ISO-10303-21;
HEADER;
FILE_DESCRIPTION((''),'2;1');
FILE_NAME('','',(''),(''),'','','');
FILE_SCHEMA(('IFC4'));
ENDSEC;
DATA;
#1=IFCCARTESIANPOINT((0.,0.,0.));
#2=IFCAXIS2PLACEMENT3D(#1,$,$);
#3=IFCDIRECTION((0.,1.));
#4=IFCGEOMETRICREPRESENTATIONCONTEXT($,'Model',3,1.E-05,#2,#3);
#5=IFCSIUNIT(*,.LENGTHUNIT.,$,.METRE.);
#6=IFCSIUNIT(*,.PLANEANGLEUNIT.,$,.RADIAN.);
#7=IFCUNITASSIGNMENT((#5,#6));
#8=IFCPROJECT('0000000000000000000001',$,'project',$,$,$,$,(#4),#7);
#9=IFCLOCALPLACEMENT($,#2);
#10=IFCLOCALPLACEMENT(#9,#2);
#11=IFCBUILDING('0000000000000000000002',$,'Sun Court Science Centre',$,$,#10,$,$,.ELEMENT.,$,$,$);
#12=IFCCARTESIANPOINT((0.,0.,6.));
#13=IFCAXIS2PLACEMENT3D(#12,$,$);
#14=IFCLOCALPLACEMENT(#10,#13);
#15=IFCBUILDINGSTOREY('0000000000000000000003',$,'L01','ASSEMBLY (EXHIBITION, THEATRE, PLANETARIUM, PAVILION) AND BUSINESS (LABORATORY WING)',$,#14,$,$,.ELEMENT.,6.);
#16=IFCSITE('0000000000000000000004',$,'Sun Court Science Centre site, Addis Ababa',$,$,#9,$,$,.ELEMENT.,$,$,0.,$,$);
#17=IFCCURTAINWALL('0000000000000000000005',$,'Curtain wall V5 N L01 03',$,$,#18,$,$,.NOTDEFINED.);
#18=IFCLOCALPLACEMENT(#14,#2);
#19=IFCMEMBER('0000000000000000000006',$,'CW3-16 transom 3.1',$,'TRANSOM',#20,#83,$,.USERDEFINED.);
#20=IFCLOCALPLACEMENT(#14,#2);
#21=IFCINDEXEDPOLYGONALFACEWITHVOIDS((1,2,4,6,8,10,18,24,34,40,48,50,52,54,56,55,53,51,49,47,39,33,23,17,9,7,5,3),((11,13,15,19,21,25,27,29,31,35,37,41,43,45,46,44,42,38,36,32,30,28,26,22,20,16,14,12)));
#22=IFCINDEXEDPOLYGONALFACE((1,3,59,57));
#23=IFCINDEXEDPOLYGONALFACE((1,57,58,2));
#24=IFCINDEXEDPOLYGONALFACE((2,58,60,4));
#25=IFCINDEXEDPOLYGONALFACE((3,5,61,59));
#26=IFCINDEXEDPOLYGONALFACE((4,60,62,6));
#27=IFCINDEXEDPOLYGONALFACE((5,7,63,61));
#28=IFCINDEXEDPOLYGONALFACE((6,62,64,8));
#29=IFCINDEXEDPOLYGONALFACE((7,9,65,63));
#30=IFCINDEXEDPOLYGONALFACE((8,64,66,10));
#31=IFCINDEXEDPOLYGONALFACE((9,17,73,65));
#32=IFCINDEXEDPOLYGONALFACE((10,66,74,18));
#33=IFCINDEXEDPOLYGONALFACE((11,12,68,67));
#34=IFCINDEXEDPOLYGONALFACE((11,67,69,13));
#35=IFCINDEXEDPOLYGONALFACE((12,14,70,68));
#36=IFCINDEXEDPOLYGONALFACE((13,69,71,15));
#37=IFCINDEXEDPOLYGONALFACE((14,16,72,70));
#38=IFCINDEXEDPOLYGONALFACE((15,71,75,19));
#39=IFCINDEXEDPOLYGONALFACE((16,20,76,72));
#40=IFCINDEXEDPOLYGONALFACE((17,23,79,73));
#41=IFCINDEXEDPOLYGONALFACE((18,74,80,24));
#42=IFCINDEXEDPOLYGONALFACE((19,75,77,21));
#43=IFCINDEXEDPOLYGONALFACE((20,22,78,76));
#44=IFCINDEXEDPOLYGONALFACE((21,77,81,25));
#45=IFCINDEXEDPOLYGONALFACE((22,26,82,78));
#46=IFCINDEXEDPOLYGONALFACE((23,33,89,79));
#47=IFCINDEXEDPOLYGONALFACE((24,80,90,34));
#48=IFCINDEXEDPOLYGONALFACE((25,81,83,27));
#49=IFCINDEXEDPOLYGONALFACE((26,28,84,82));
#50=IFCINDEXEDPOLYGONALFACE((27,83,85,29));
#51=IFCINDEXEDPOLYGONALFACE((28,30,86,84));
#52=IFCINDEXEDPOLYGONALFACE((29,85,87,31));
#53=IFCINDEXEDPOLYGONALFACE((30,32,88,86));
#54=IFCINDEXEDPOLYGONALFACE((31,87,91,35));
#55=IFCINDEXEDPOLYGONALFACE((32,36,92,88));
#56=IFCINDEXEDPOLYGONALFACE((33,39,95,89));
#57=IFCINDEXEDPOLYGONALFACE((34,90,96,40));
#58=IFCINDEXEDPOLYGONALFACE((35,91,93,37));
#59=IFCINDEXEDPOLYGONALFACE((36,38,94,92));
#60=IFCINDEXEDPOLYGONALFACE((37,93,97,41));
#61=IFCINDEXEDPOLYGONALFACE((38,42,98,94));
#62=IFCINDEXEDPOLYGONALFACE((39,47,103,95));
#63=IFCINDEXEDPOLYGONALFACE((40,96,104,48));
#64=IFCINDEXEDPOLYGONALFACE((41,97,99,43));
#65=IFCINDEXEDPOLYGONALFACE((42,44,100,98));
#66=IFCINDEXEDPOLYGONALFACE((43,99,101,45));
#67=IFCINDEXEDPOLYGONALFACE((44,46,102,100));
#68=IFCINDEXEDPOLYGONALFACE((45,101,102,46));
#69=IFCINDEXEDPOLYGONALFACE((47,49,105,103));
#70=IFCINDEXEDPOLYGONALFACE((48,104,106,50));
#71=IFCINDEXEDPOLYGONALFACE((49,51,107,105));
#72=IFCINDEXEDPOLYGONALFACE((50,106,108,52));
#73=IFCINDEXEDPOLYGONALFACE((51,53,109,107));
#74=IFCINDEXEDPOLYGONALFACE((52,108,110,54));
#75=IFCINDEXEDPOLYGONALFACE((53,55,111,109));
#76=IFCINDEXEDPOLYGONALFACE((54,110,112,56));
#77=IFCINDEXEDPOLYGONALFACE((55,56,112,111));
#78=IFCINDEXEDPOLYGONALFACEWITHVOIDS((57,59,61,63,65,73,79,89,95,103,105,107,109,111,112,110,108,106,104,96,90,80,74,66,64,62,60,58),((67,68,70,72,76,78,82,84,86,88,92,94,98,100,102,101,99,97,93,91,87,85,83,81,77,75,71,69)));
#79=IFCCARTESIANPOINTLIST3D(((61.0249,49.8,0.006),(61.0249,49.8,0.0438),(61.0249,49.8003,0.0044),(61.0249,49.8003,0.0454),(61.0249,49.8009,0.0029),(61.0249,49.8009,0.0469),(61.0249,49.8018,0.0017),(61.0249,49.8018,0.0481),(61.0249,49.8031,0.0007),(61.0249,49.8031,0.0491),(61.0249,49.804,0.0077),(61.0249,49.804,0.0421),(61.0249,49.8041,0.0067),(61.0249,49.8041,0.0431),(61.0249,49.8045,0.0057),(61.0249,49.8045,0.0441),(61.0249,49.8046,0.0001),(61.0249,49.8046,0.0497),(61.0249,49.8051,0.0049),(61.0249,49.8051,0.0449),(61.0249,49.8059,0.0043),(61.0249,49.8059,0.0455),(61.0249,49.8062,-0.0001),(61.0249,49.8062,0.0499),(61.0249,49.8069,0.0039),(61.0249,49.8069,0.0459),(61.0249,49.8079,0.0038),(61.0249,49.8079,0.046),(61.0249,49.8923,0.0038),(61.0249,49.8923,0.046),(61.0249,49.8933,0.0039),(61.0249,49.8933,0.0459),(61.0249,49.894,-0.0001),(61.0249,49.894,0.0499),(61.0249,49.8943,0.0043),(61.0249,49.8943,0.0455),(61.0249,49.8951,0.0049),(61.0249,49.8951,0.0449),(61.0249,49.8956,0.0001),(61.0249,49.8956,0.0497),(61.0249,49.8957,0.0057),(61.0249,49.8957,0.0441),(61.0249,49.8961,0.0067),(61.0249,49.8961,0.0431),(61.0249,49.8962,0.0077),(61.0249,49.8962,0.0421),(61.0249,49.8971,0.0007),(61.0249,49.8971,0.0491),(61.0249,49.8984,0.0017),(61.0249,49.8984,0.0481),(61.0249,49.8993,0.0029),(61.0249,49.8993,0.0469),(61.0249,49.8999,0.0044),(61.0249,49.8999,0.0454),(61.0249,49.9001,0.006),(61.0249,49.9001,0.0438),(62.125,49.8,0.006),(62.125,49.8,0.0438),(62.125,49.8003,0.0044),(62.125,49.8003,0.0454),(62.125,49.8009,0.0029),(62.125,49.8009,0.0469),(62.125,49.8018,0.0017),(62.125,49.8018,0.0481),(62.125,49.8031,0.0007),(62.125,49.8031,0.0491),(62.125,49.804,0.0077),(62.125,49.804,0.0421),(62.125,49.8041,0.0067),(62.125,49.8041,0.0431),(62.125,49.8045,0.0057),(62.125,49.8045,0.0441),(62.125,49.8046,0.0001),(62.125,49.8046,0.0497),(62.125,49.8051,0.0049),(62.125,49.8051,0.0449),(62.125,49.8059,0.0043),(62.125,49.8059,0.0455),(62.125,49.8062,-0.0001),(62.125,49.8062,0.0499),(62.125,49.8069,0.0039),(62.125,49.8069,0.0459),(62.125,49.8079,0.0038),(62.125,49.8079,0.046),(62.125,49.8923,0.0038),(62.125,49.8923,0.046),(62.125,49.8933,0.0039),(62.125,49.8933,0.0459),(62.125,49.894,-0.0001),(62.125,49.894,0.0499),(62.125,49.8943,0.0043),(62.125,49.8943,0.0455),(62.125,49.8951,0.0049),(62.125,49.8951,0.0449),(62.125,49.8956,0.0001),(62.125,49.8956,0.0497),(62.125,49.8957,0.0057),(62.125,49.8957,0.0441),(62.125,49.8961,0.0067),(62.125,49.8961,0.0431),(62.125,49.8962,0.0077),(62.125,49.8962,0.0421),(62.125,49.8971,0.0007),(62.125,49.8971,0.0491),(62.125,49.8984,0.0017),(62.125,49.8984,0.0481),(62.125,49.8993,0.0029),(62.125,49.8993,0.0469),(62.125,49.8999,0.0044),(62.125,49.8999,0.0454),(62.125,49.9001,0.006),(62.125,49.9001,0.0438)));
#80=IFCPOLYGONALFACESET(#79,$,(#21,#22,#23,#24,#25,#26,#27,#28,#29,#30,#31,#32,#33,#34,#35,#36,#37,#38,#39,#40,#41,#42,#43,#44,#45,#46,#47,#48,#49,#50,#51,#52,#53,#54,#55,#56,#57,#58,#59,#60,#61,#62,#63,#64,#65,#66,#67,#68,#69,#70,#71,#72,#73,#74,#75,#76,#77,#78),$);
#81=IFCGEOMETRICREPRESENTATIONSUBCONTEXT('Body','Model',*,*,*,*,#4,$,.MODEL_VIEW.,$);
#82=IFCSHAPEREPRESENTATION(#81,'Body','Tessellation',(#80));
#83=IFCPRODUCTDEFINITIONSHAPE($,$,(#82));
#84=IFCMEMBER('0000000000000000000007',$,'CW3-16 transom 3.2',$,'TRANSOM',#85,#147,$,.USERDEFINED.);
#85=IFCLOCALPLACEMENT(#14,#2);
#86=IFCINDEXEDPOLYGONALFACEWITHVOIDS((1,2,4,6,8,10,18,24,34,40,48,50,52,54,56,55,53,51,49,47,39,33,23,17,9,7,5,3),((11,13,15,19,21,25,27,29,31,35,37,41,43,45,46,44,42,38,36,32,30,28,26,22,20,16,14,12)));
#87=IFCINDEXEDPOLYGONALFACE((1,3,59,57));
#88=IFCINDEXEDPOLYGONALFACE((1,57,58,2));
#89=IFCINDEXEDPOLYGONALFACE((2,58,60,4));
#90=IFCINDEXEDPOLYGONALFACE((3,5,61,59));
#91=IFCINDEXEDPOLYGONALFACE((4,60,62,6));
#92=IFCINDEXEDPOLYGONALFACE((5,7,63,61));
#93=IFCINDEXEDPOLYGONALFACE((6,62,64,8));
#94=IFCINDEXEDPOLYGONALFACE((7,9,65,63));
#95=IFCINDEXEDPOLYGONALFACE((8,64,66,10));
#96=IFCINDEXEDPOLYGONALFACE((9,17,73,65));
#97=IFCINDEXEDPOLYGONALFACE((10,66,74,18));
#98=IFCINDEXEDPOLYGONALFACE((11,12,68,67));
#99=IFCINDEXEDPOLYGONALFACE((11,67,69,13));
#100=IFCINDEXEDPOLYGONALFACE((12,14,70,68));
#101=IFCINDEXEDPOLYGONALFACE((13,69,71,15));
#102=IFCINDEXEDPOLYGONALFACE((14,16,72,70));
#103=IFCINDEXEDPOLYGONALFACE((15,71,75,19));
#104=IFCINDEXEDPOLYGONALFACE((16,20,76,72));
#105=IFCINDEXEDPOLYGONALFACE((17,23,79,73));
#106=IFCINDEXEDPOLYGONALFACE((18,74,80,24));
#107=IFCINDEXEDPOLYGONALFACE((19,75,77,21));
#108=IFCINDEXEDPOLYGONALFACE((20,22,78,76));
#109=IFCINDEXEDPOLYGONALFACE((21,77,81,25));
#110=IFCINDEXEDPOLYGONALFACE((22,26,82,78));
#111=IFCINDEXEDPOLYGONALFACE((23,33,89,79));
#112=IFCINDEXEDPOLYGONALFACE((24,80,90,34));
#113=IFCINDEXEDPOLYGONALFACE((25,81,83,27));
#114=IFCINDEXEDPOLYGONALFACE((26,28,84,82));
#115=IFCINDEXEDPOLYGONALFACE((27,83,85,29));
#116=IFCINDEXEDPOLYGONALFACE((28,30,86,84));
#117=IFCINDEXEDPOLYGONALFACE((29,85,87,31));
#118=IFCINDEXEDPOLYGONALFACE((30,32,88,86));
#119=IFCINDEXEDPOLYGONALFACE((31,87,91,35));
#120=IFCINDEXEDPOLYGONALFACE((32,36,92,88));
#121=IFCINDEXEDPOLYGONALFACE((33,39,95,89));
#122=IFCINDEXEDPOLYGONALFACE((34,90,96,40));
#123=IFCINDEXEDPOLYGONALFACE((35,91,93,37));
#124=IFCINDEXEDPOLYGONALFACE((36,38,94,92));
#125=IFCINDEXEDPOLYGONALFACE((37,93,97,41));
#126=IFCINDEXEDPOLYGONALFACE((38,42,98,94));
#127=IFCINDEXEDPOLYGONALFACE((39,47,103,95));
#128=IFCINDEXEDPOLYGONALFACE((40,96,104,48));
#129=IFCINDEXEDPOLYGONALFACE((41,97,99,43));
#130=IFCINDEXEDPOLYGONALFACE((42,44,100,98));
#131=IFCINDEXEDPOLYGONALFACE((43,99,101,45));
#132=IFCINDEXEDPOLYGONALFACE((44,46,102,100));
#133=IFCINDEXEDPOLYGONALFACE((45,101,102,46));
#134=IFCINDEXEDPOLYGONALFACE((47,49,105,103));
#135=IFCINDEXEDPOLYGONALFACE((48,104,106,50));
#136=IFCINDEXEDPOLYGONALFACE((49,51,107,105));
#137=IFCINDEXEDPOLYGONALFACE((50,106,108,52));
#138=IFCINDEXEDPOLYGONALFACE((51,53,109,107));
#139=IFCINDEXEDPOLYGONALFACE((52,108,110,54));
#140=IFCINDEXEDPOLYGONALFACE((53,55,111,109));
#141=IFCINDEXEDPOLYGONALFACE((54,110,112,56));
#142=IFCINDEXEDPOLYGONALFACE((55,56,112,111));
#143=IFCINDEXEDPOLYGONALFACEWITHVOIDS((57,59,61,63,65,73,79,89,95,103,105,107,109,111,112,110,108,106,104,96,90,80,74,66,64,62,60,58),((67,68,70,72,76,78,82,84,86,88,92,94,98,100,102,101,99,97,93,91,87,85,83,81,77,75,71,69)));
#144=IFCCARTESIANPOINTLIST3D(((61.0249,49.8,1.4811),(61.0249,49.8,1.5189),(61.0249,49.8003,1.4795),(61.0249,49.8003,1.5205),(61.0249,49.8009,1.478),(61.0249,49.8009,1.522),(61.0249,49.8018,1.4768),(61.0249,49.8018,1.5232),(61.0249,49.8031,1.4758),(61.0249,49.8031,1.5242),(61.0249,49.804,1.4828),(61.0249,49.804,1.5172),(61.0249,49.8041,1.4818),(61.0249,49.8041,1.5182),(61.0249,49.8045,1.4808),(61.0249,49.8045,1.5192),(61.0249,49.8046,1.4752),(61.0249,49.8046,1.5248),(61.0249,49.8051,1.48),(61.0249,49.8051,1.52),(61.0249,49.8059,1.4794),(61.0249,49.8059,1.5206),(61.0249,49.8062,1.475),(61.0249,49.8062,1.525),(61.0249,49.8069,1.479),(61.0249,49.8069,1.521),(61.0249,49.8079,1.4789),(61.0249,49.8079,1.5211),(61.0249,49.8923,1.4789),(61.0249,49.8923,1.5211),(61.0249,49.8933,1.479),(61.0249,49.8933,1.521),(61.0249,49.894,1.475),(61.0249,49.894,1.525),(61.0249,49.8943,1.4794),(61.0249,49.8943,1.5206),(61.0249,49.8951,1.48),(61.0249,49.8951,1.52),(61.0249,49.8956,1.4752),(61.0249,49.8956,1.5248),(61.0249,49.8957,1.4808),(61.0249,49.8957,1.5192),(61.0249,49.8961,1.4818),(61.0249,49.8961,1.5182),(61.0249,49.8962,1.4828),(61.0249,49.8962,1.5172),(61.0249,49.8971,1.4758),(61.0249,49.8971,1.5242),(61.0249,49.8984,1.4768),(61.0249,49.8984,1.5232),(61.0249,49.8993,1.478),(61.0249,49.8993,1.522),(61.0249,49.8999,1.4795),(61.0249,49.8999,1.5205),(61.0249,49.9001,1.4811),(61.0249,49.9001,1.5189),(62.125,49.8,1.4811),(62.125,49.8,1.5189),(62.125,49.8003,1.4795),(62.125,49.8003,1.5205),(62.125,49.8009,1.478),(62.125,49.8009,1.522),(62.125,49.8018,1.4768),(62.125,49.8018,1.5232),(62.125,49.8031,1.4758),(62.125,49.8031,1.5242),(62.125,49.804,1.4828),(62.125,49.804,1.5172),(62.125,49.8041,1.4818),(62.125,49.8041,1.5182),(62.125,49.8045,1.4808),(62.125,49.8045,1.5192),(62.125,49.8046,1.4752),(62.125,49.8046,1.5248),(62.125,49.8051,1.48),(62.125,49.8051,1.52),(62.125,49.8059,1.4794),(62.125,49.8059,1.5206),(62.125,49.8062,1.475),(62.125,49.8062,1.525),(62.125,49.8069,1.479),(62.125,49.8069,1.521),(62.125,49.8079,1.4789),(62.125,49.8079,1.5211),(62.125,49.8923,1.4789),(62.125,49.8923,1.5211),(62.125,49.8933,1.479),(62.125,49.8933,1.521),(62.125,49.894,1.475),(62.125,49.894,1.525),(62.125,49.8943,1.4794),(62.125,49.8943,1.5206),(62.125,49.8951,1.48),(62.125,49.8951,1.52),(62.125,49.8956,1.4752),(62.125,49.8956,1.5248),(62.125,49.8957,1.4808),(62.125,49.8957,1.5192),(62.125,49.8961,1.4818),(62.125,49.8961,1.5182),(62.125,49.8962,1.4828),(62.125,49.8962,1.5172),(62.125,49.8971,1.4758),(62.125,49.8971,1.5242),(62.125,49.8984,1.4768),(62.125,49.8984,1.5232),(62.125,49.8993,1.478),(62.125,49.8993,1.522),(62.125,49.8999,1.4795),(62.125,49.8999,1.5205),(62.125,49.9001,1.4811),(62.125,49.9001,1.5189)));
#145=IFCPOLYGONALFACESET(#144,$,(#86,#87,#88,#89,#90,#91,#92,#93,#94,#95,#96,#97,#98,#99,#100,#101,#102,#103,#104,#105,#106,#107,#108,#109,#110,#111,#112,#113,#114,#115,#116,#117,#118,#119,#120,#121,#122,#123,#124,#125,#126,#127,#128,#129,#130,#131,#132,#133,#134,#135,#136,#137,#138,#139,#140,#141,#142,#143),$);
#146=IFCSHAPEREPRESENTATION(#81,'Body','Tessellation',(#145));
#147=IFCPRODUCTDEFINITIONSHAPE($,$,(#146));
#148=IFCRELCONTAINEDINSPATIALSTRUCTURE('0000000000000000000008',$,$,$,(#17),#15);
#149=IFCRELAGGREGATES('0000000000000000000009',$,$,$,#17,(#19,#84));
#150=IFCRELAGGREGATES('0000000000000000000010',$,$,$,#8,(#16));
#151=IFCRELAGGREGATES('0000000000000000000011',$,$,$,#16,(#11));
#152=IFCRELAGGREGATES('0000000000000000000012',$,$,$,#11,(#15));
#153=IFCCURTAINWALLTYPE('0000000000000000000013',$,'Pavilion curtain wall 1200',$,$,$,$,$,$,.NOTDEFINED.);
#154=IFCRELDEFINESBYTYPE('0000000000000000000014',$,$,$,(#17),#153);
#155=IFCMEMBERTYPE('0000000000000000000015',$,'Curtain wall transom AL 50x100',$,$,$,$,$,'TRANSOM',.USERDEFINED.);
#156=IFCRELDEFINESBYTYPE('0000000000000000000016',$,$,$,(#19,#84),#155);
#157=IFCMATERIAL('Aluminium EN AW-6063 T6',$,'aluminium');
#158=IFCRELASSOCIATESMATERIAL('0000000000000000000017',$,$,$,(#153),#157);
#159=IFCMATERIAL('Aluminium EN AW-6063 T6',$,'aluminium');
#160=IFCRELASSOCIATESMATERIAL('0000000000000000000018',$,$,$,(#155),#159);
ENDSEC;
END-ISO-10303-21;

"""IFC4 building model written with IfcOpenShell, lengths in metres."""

from ifc_helpers import new_model, si_unit, direction, frame, origin, origin_2d, place, context, subcontext, project, spatial, hollow_rectangle, extrude, material, material_profile, profile_set, type_object, element, aggregate, save


model = new_model("IFC4")

# Units and contexts
model_context = context("Model", 3, precision=1e-05, world=origin(), true_north=direction((0.0, 1.0)))
body_context = subcontext(model_context, "Body", "Model", "MODEL_VIEW")
ifc_project = project(units=[si_unit("LENGTHUNIT", "METRE"), si_unit("PLANEANGLEUNIT", "RADIAN")], contexts=[model_context])

# Site, building, storey
site_placement = place(None, origin())
site = spatial("IfcSite", under=ifc_project, at=site_placement, Name="Sun Court Science Centre site, Addis Ababa", CompositionType="ELEMENT", RefElevation=0.0)
building_placement = place(site_placement, origin())
building = spatial("IfcBuilding", under=site, at=building_placement, Name="Sun Court Science Centre", CompositionType="ELEMENT")
storey_placement = place(building_placement, frame((0.0, 0.0, 6.0)))
storey = spatial("IfcBuildingStorey", under=building, at=storey_placement, Name="L01", Description="ASSEMBLY (EXHIBITION, THEATRE, PLANETARIUM, PAVILION) AND BUSINESS (LABORATORY WING)", CompositionType="ELEMENT", Elevation=6.0)

# Curtain wall, members
ifc_material_1 = material(Name="Aluminium EN AW-6063 T6", Category="aluminium")
curtain_wall_type = type_object("IfcCurtainWallType", Name="Pavilion curtain wall 1200", PredefinedType="NOTDEFINED", material=ifc_material_1)
curtain_wall_placement = place(storey_placement, origin())
curtain_wall = element("IfcCurtainWall", 1, at=curtain_wall_placement, inside=storey, type_object=curtain_wall_type, Name="Curtain wall V5 N L01 03", PredefinedType="NOTDEFINED")
ifc_material_2 = material(Name="Aluminium EN AW-6063 T6", Category="aluminium")
ifc_material_profile_1 = material_profile(ifc_material_2, hollow_rectangle(XDim=0.05, YDim=0.1001, WallThickness=0.0039, InnerFilletRadius=0.0039, OuterFilletRadius=0.0061, at=origin_2d()), Name="AL 50x100x4")
ifc_profile_set_1 = profile_set([ifc_material_profile_1], Name="Aluminium EN AW-6063 T6")
member_type_1 = type_object("IfcMemberType", Name="Curtain wall transom AL 50x100", ElementType="TRANSOM", PredefinedType="USERDEFINED", material=ifc_profile_set_1)
member_1_placement = place(storey_placement, frame((61.0249, 49.8501, 0.0249), z_axis=(1.0, 0.0, 0.0), x_axis=(0.0, 0.0, 1.0)))
member_1 = element("IfcMember", 2, at=member_1_placement, type_object=member_type_1, Name="CW3-16 transom 3.1", ObjectType="TRANSOM", PredefinedType="USERDEFINED", context=body_context, shape_type="SweptSolid", body=[
    extrude(hollow_rectangle(XDim=0.05, YDim=0.1001, WallThickness=0.0039, InnerFilletRadius=0.0039, OuterFilletRadius=0.0061, at=origin_2d()), origin(), (0.0, 0.0, 1.0), 1.1001),
])
member_2_placement = place(storey_placement, frame((61.0249, 49.8501, 1.5), z_axis=(1.0, 0.0, 0.0), x_axis=(0.0, 0.0, 1.0)))
member_2 = element("IfcMember", 3, at=member_2_placement, type_object=member_type_1, Name="CW3-16 transom 3.2", ObjectType="TRANSOM", PredefinedType="USERDEFINED", context=body_context, shape_type="SweptSolid", body=[
    extrude(hollow_rectangle(XDim=0.05, YDim=0.1001, WallThickness=0.0039, InnerFilletRadius=0.0039, OuterFilletRadius=0.0061, at=origin_2d()), origin(), (0.0, 0.0, 1.0), 1.1001),
])
aggregate(curtain_wall, [member_1, member_2])

save(model, "model.ifc")
